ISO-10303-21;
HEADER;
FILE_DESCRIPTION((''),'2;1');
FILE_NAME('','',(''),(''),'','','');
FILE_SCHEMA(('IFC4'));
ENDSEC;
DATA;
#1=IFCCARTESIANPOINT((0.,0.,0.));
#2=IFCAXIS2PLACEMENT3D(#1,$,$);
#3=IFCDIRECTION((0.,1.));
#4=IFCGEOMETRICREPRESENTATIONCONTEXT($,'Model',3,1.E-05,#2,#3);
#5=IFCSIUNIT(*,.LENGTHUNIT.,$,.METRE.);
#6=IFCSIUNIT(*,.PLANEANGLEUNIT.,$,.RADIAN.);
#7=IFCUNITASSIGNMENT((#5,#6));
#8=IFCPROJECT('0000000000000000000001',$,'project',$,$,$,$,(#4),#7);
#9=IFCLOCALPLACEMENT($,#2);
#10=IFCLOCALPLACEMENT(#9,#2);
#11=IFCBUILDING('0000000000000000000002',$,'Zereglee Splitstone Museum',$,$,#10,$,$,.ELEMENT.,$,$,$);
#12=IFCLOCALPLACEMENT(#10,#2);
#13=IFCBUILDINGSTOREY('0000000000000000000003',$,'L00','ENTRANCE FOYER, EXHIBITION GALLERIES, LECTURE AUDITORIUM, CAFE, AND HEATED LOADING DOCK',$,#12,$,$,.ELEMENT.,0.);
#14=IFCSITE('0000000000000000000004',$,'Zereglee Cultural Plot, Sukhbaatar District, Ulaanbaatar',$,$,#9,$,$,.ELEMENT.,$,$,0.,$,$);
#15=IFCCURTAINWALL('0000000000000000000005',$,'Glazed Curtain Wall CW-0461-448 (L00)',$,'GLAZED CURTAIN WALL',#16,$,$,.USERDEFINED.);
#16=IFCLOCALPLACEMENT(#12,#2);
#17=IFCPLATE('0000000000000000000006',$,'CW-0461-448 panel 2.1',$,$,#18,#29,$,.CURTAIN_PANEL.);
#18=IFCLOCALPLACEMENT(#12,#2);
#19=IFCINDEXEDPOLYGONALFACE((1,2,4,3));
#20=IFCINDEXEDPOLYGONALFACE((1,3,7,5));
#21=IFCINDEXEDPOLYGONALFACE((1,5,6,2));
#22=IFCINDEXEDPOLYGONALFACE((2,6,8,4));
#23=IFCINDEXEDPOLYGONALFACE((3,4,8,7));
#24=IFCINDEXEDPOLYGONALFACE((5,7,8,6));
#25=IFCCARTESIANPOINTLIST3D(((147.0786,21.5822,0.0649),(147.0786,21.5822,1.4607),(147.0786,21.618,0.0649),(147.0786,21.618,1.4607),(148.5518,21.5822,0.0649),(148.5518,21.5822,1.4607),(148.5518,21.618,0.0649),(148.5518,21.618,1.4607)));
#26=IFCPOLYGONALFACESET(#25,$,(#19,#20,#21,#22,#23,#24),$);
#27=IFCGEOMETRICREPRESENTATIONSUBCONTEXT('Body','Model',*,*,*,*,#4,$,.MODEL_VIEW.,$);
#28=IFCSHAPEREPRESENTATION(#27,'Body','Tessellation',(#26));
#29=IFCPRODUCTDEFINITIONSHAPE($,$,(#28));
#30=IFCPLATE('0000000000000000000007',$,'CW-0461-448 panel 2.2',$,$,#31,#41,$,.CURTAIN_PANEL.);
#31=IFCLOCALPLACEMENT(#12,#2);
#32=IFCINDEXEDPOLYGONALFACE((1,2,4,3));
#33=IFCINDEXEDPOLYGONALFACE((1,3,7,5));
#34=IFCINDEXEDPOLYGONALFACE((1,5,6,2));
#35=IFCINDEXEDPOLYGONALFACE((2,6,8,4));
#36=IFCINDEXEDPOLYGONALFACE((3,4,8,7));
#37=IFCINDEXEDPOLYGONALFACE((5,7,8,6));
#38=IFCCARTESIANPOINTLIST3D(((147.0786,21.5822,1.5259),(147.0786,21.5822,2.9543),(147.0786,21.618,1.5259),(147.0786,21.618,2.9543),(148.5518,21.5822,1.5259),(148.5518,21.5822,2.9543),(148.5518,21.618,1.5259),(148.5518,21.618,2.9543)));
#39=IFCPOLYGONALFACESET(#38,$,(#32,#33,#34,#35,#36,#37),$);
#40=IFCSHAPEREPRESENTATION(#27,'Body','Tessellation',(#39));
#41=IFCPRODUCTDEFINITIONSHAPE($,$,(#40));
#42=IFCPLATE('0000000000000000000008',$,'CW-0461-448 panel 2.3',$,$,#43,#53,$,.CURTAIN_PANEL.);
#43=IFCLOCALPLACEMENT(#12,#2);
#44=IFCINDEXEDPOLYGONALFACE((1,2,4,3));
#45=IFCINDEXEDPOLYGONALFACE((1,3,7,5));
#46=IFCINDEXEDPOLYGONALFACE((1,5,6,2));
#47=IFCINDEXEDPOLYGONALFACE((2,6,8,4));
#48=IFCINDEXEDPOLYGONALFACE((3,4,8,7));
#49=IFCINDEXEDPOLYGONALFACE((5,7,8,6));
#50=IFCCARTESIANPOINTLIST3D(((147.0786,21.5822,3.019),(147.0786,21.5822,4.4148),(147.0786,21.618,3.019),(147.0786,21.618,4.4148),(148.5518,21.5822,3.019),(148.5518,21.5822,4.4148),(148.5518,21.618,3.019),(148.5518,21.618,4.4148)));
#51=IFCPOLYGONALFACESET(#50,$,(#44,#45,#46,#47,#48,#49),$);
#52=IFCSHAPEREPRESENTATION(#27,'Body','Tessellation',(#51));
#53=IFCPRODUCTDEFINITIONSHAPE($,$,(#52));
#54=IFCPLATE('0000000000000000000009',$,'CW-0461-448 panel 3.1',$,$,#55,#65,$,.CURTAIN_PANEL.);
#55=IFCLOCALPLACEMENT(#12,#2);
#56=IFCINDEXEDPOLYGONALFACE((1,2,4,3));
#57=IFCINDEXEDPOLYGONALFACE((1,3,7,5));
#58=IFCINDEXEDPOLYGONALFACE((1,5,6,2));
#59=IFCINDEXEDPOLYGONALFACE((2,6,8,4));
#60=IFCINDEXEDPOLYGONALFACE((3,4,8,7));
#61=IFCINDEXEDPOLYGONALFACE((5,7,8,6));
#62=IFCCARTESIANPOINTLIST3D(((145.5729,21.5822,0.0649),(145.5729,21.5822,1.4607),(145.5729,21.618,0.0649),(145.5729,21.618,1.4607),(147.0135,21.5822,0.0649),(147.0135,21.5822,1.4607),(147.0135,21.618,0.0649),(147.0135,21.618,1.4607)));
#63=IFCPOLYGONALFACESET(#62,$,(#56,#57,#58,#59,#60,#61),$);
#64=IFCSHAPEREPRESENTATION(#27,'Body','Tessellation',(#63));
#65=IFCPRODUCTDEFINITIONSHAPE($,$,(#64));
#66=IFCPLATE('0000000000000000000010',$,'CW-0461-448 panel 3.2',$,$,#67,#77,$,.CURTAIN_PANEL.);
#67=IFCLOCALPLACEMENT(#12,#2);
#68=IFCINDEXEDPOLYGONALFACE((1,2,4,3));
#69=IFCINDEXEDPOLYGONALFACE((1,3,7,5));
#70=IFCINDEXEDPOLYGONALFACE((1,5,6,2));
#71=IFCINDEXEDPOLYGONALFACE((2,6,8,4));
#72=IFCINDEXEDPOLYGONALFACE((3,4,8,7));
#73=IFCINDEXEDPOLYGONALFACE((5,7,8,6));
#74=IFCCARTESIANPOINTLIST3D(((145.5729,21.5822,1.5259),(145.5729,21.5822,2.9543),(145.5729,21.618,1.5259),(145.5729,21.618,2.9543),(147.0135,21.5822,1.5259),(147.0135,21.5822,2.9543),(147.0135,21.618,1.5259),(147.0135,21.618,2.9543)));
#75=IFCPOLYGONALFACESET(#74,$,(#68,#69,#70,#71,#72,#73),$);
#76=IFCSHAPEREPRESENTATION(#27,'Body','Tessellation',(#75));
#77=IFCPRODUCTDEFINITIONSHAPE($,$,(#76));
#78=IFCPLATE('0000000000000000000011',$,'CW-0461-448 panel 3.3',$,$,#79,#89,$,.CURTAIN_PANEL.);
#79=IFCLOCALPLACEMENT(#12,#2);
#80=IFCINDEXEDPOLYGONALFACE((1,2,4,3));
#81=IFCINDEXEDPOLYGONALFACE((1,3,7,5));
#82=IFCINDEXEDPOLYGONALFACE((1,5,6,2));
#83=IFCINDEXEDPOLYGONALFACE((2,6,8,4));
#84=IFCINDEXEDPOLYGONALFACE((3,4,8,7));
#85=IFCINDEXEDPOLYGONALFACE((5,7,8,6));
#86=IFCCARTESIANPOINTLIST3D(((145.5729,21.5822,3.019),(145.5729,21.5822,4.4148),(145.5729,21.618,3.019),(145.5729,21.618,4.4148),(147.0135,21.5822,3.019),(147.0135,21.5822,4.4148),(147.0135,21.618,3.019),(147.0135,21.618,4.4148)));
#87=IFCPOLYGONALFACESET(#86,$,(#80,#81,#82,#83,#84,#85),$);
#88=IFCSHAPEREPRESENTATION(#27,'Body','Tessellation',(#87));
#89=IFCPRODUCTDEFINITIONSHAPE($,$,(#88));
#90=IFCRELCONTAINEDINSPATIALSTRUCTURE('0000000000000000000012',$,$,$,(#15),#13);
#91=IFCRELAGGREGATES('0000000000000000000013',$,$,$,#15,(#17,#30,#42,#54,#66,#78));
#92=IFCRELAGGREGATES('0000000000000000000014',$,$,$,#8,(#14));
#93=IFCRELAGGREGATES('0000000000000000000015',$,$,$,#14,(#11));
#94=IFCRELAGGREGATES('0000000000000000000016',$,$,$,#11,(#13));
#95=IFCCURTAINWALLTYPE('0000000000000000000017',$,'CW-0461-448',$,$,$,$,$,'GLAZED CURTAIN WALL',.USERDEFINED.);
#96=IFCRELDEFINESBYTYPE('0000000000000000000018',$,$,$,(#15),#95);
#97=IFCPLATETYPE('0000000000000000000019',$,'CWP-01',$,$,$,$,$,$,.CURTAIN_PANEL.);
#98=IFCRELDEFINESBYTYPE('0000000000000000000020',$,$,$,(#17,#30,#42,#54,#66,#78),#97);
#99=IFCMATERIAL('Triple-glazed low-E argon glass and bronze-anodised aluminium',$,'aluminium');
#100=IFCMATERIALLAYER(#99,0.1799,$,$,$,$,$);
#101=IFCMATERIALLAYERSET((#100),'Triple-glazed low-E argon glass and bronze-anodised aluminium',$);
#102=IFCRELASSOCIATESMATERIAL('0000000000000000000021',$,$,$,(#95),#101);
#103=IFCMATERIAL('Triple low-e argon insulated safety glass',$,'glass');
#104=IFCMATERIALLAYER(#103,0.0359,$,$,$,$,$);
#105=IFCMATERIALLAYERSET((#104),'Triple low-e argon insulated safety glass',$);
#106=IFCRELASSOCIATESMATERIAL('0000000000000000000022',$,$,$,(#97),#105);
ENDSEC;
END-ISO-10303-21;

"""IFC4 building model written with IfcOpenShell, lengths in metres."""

from ifc_helpers import new_model, si_unit, direction, frame, origin, origin_2d, place, context, subcontext, project, spatial, rectangle, extrude, material, layer, layer_set, type_object, element, aggregate, save


model = new_model("IFC4")

# Units and contexts
model_context = context("Model", 3, precision=1e-05, world=origin(), true_north=direction((0.0, 1.0)))
body_context = subcontext(model_context, "Body", "Model", "MODEL_VIEW")
ifc_project = project(units=[si_unit("LENGTHUNIT", "METRE"), si_unit("PLANEANGLEUNIT", "RADIAN")], contexts=[model_context])

# Site, building, storey
site_placement = place(None, origin())
site = spatial("IfcSite", under=ifc_project, at=site_placement, Name="Zereglee Cultural Plot, Sukhbaatar District, Ulaanbaatar", CompositionType="ELEMENT", RefElevation=0.0)
building_placement = place(site_placement, origin())
building = spatial("IfcBuilding", under=site, at=building_placement, Name="Zereglee Splitstone Museum", CompositionType="ELEMENT")
storey_placement = place(building_placement, origin())
storey = spatial("IfcBuildingStorey", under=building, at=storey_placement, Name="L00", Description="ENTRANCE FOYER, EXHIBITION GALLERIES, LECTURE AUDITORIUM, CAFE, AND HEATED LOADING DOCK", CompositionType="ELEMENT", Elevation=0.0)

# Curtain wall, plates
ifc_material_1 = material(Name="Triple-glazed low-E argon glass and bronze-anodised aluminium", Category="aluminium")
ifc_layer_1 = layer(ifc_material_1, 0.1799)
ifc_layer_set_1 = layer_set([ifc_layer_1], Name="Triple-glazed low-E argon glass and bronze-anodised aluminium")
curtain_wall_type = type_object("IfcCurtainWallType", Name="CW-0461-448", ElementType="GLAZED CURTAIN WALL", PredefinedType="USERDEFINED", material=ifc_layer_set_1)
curtain_wall_placement = place(storey_placement, origin())
curtain_wall = element("IfcCurtainWall", 1, at=curtain_wall_placement, inside=storey, type_object=curtain_wall_type, Name="Glazed Curtain Wall CW-0461-448 (L00)", ObjectType="GLAZED CURTAIN WALL", PredefinedType="USERDEFINED")
ifc_material_2 = material(Name="Triple low-e argon insulated safety glass", Category="glass")
ifc_layer_2 = layer(ifc_material_2, 0.0359)
ifc_layer_set_2 = layer_set([ifc_layer_2], Name="Triple low-e argon insulated safety glass")
plate_type = type_object("IfcPlateType", Name="CWP-01", PredefinedType="CURTAIN_PANEL", material=ifc_layer_set_2)
plate_1_placement = place(storey_placement, frame((147.8152, 21.6001, 0.0649), z_axis=(0.0, 0.0, 1.0), x_axis=(-1.0, 0.0, 0.0)))
plate_1 = element("IfcPlate", 2, at=plate_1_placement, type_object=plate_type, Name="CW-0461-448 panel 2.1", PredefinedType="CURTAIN_PANEL", context=body_context, shape_type="SweptSolid", body=[
    extrude(rectangle(XDim=1.4731, YDim=0.0359, at=origin_2d()), origin(), (0.0, 0.0, 1.0), 1.3958),
])
plate_2_placement = place(storey_placement, frame((147.8152, 21.6001, 1.5259), z_axis=(0.0, 0.0, 1.0), x_axis=(-1.0, 0.0, 0.0)))
plate_2 = element("IfcPlate", 3, at=plate_2_placement, type_object=plate_type, Name="CW-0461-448 panel 2.2", PredefinedType="CURTAIN_PANEL", context=body_context, shape_type="SweptSolid", body=[
    extrude(rectangle(XDim=1.4731, YDim=0.0359, at=origin_2d()), origin(), (0.0, 0.0, 1.0), 1.4285),
])
plate_3_placement = place(storey_placement, frame((147.8152, 21.6001, 3.019), z_axis=(0.0, 0.0, 1.0), x_axis=(-1.0, 0.0, 0.0)))
plate_3 = element("IfcPlate", 4, at=plate_3_placement, type_object=plate_type, Name="CW-0461-448 panel 2.3", PredefinedType="CURTAIN_PANEL", context=body_context, shape_type="SweptSolid", body=[
    extrude(rectangle(XDim=1.4731, YDim=0.0359, at=origin_2d()), origin(), (0.0, 0.0, 1.0), 1.3958),
])
plate_4_placement = place(storey_placement, frame((146.2932, 21.6001, 0.0649), z_axis=(0.0, 0.0, 1.0), x_axis=(-1.0, 0.0, 0.0)))
plate_4 = element("IfcPlate", 5, at=plate_4_placement, type_object=plate_type, Name="CW-0461-448 panel 3.1", PredefinedType="CURTAIN_PANEL", context=body_context, shape_type="SweptSolid", body=[
    extrude(rectangle(XDim=1.4407, YDim=0.0359, at=origin_2d()), origin(), (0.0, 0.0, 1.0), 1.3958),
])
plate_5_placement = place(storey_placement, frame((146.2932, 21.6001, 1.5259), z_axis=(0.0, 0.0, 1.0), x_axis=(-1.0, 0.0, 0.0)))
plate_5 = element("IfcPlate", 6, at=plate_5_placement, type_object=plate_type, Name="CW-0461-448 panel 3.2", PredefinedType="CURTAIN_PANEL", context=body_context, shape_type="SweptSolid", body=[
    extrude(rectangle(XDim=1.4407, YDim=0.0359, at=origin_2d()), origin(), (0.0, 0.0, 1.0), 1.4285),
])
plate_6_placement = place(storey_placement, frame((146.2932, 21.6001, 3.019), z_axis=(0.0, 0.0, 1.0), x_axis=(-1.0, 0.0, 0.0)))
plate_6 = element("IfcPlate", 7, at=plate_6_placement, type_object=plate_type, Name="CW-0461-448 panel 3.3", PredefinedType="CURTAIN_PANEL", context=body_context, shape_type="SweptSolid", body=[
    extrude(rectangle(XDim=1.4407, YDim=0.0359, at=origin_2d()), origin(), (0.0, 0.0, 1.0), 1.3958),
])
aggregate(curtain_wall, [plate_1, plate_2, plate_3, plate_4, plate_5, plate_6])

save(model, "model.ifc")
